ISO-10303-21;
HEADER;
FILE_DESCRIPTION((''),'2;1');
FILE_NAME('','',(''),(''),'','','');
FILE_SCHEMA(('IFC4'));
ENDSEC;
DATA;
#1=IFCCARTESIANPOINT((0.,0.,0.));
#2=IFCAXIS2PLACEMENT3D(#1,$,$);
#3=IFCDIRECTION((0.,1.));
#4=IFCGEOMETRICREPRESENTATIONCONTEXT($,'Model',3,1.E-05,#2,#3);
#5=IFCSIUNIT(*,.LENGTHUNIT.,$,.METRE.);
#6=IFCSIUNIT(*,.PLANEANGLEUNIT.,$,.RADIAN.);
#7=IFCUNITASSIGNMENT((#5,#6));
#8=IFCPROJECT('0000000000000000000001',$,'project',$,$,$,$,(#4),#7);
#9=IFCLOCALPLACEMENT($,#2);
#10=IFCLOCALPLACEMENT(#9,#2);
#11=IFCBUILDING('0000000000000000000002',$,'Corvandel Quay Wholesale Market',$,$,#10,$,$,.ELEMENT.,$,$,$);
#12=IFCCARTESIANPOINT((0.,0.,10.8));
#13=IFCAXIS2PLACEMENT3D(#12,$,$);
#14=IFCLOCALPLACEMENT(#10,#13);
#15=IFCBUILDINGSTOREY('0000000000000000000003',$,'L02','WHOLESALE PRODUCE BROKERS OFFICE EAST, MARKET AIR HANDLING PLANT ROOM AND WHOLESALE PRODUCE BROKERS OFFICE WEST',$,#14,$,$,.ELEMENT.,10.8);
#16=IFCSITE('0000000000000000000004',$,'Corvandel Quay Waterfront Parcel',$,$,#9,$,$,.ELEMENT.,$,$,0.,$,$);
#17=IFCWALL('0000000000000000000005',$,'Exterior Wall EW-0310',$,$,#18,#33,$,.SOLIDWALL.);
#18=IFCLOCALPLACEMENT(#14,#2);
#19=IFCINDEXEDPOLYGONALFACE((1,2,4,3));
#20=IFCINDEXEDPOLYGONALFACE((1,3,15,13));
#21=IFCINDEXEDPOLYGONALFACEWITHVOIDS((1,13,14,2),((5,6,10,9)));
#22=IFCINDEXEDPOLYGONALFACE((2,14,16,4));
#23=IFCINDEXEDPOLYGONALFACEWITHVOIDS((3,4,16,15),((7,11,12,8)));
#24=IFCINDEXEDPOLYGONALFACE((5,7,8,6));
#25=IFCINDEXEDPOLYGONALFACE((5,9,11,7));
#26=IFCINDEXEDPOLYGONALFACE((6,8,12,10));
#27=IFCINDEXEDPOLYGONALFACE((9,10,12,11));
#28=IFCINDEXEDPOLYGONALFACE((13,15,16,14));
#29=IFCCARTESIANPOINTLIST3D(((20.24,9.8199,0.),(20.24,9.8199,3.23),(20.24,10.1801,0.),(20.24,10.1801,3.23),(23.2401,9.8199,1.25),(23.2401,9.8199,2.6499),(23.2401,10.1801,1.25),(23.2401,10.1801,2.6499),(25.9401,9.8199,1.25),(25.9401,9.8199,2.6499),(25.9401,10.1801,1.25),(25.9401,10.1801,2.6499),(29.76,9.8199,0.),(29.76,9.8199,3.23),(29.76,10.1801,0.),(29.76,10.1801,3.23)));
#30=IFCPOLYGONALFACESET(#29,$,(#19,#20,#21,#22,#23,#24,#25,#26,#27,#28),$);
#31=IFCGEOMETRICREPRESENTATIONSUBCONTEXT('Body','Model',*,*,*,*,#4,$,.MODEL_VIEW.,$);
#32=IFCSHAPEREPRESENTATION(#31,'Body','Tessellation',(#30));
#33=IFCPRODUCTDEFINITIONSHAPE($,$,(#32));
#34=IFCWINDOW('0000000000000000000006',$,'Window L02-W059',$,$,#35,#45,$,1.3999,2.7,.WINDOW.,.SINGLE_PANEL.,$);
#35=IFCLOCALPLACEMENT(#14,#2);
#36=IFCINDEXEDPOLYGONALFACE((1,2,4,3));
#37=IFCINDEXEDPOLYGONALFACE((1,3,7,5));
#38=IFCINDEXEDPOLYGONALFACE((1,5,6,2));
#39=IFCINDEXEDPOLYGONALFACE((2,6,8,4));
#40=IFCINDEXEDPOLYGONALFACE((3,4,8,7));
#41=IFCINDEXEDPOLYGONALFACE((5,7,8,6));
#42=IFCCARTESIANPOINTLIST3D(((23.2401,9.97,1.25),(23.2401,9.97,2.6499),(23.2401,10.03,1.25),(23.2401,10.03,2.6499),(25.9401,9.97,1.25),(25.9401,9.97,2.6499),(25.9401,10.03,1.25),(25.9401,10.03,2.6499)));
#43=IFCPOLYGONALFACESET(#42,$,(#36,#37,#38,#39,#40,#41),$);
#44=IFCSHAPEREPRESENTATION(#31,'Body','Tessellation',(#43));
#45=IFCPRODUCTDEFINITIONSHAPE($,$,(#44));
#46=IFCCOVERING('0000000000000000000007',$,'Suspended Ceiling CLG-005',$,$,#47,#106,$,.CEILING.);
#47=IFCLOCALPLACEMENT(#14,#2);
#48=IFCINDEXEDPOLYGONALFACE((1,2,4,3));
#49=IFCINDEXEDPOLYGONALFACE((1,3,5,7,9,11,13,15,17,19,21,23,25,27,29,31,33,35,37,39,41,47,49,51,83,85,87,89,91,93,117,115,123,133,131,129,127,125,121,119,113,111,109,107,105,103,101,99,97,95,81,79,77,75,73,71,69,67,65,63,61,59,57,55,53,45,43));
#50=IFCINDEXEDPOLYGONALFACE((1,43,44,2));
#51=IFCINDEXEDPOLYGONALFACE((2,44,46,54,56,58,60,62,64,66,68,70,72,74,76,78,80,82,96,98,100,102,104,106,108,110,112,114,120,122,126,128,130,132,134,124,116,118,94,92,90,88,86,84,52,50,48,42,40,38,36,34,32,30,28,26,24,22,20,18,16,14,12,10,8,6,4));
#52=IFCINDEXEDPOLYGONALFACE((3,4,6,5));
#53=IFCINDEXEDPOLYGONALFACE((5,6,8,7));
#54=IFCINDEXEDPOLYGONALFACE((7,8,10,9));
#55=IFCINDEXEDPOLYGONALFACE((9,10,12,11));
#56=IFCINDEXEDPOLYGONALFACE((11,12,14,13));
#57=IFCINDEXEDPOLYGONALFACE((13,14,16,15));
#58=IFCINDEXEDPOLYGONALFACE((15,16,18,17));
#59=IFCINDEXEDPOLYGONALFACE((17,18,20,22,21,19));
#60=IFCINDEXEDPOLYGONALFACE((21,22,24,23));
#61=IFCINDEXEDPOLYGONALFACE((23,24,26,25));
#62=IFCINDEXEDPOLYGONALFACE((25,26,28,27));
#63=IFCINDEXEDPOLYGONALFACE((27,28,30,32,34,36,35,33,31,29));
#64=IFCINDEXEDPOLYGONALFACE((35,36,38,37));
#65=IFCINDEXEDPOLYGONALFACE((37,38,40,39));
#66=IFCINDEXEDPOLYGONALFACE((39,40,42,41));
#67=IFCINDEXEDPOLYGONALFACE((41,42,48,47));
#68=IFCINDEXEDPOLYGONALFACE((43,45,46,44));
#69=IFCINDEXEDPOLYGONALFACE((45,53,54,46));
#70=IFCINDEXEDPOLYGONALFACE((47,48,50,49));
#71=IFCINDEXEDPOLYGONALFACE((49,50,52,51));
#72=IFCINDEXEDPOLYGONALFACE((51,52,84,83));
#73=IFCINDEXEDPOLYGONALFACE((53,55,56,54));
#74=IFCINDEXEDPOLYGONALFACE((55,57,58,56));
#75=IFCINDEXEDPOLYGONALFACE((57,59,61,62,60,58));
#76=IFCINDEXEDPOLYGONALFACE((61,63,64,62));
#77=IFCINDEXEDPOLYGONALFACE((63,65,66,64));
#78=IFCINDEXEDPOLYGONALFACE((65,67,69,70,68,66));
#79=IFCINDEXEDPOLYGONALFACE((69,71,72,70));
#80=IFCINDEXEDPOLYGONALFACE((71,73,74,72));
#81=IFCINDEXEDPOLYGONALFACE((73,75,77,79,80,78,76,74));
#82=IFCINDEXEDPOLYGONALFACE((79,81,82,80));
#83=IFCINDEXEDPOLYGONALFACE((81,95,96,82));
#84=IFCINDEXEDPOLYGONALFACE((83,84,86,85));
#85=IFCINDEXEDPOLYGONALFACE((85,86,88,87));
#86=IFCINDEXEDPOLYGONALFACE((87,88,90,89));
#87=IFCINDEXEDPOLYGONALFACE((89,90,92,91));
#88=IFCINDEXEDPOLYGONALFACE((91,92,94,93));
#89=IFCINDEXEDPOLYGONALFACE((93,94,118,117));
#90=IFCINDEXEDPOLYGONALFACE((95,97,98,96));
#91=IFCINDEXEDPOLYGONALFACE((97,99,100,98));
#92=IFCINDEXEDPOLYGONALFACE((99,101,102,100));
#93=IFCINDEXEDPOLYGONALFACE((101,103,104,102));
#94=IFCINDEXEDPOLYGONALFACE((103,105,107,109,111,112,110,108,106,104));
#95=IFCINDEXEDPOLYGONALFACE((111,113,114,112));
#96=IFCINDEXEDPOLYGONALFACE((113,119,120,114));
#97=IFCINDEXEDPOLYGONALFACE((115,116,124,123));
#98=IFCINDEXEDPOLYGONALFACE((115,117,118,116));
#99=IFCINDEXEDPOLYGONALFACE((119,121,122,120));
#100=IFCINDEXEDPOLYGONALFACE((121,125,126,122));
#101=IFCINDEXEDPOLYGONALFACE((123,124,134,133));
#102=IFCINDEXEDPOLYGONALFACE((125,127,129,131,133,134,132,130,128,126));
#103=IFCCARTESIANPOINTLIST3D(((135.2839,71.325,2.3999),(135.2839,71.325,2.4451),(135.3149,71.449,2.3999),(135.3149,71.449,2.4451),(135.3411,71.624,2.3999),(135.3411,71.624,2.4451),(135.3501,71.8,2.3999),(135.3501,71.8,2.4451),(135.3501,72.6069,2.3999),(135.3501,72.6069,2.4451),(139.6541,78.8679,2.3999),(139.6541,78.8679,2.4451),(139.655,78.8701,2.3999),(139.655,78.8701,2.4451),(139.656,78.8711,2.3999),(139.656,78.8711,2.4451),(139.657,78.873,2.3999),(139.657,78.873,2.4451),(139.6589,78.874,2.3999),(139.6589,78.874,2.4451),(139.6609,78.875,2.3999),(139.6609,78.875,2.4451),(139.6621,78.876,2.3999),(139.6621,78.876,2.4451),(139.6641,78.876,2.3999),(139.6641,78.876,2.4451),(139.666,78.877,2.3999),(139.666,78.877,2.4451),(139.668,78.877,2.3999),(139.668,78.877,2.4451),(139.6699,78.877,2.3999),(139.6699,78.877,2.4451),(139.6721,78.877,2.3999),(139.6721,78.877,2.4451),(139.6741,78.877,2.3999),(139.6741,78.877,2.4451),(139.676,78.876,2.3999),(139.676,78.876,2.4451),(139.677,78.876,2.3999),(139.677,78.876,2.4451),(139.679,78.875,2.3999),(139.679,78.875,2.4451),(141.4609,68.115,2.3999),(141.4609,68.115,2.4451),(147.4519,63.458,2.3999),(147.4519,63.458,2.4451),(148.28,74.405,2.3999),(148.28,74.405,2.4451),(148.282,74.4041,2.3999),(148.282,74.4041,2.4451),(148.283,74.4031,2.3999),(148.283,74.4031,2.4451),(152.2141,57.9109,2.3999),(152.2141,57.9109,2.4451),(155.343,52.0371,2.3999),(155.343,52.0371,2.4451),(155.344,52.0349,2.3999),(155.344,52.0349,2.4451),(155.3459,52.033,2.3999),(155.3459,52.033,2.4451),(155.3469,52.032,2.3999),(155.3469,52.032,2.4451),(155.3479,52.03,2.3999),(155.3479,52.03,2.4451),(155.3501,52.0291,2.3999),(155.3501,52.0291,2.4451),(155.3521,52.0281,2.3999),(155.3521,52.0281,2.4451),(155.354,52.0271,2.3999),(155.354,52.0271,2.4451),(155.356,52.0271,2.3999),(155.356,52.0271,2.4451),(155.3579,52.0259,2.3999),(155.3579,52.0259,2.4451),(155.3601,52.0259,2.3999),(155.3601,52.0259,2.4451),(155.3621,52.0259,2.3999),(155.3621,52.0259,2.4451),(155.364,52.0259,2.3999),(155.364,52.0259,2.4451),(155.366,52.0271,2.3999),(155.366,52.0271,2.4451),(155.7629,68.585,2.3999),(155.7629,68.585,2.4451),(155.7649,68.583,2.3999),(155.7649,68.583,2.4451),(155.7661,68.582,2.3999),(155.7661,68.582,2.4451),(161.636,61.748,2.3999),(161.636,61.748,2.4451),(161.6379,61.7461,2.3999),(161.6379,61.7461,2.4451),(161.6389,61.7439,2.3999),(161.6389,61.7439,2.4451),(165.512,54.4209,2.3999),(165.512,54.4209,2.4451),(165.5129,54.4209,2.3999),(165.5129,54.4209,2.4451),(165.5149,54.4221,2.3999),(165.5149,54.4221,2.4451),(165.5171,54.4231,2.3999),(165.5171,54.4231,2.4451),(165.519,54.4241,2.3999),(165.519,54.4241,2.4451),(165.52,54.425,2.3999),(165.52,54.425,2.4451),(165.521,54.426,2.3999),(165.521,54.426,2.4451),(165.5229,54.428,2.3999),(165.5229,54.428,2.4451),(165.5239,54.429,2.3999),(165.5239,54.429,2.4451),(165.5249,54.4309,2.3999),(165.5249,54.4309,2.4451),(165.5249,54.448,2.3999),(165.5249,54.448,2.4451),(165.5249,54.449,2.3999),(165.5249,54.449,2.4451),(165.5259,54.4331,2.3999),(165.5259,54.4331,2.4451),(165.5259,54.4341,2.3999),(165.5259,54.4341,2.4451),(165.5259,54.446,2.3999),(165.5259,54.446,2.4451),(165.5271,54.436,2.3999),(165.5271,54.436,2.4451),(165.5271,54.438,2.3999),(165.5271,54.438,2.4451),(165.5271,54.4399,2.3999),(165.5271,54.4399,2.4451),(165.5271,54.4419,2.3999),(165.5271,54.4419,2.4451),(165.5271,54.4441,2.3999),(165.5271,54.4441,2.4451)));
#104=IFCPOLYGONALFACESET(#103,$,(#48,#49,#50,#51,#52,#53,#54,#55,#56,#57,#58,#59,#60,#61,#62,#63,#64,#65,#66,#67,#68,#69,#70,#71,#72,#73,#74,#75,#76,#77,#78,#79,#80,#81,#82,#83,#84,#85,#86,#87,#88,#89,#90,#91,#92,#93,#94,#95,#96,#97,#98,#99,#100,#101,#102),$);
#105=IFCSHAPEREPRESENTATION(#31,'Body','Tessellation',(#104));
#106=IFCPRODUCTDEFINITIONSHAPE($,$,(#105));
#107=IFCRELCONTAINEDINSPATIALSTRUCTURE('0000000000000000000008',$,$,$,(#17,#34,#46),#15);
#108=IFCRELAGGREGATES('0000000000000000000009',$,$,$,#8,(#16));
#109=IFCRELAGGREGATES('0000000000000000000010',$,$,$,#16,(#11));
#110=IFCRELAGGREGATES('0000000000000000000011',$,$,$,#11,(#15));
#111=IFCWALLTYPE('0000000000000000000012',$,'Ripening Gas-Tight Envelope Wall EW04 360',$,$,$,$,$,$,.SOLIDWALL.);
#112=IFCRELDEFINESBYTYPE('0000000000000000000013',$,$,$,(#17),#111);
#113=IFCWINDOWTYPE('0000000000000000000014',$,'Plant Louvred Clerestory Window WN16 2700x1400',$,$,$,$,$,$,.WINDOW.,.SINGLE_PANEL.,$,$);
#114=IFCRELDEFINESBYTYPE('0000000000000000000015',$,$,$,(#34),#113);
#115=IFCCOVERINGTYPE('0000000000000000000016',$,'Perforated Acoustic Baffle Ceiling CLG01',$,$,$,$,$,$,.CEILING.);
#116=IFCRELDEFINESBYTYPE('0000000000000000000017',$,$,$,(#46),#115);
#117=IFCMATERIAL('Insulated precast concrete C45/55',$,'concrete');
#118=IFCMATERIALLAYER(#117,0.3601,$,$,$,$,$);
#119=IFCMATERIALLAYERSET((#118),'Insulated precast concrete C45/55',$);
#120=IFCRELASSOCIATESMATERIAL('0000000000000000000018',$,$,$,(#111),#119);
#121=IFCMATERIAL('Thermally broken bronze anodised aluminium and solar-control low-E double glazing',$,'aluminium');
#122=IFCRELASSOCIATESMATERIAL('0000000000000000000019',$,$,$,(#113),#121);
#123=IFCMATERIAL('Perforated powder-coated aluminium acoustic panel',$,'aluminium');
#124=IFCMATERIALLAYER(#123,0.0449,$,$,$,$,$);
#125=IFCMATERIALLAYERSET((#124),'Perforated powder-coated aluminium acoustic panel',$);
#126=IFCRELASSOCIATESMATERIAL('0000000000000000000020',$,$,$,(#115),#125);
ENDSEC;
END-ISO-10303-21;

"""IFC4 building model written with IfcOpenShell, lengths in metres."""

from ifc_helpers import new_model, si_unit, direction, frame, frame_2d, origin, place, context, subcontext, project, spatial, polyline, rectangle, outline, extrude, material, layer, layer_set, type_object, element, fill, save


model = new_model("IFC4")

# Units and contexts
model_context = context("Model", 3, precision=1e-05, world=origin(), true_north=direction((0.0, 1.0)))
body_context = subcontext(model_context, "Body", "Model", "MODEL_VIEW")
ifc_project = project(units=[si_unit("LENGTHUNIT", "METRE"), si_unit("PLANEANGLEUNIT", "RADIAN")], contexts=[model_context])

# Site, building, storey
site_placement = place(None, origin())
site = spatial("IfcSite", under=ifc_project, at=site_placement, Name="Corvandel Quay Waterfront Parcel", CompositionType="ELEMENT", RefElevation=0.0)
building_placement = place(site_placement, origin())
building = spatial("IfcBuilding", under=site, at=building_placement, Name="Corvandel Quay Wholesale Market", CompositionType="ELEMENT")
storey_placement = place(building_placement, frame((0.0, 0.0, 10.8)))
storey = spatial("IfcBuildingStorey", under=building, at=storey_placement, Name="L02", Description="WHOLESALE PRODUCE BROKERS OFFICE EAST, MARKET AIR HANDLING PLANT ROOM AND WHOLESALE PRODUCE BROKERS OFFICE WEST", CompositionType="ELEMENT", Elevation=10.8)

# Wall, opening, window
ifc_material_1 = material(Name="Insulated precast concrete C45/55", Category="concrete")
ifc_layer_1 = layer(ifc_material_1, 0.3601)
ifc_layer_set_1 = layer_set([ifc_layer_1], Name="Insulated precast concrete C45/55")
wall_type = type_object("IfcWallType", Name="Ripening Gas-Tight Envelope Wall EW04 360", PredefinedType="SOLIDWALL", material=ifc_layer_set_1)
ifc_material_2 = material(Name="Thermally broken bronze anodised aluminium and solar-control low-E double glazing", Category="aluminium")
window_type = type_object("IfcWindowType", Name="Plant Louvred Clerestory Window WN16 2700x1400", PartitioningType="SINGLE_PANEL", PredefinedType="WINDOW", material=ifc_material_2)
wall_1_placement = place(storey_placement, frame((20.24, 10.0, 0.0), z_axis=(0.0, 0.0, 1.0), x_axis=(1.0, 0.0, 0.0)))
wall_1 = element("IfcWall", 1, at=wall_1_placement, inside=storey, type_object=wall_type, Name="Exterior Wall EW-0310", PredefinedType="SOLIDWALL", context=body_context, shape_type="SweptSolid", body=[
    extrude(rectangle(XDim=9.52, YDim=0.3601, at=frame_2d((4.76, 0.0))), origin(), (0.0, 0.0, 1.0), 3.23),
])
opening_1_placement = place(wall_1_placement, frame((3.0, 0.0, 1.25)))
opening_1 = element("IfcOpeningElement", 2, at=opening_1_placement, cuts=wall_1, PredefinedType="OPENING", context=body_context, shape_type="SweptSolid", body=[
    extrude(rectangle(XDim=2.7, YDim=1.3999, at=frame_2d((1.3501, 0.7))), frame((0.0, 0.1899, 0.0), z_axis=(0.0, -1.0, 0.0), x_axis=(1.0, 0.0, 0.0)), (0.0, 0.0, 1.0), 0.3801),
])
window_1_placement = place(opening_1_placement, origin())
window_1 = element("IfcWindow", 3, at=window_1_placement, inside=storey, type_object=window_type, Name="Window L02-W059", OverallHeight=1.3999, OverallWidth=2.7, PartitioningType="SINGLE_PANEL", PredefinedType="WINDOW", context=body_context, shape_type="SweptSolid", body=[
    extrude(rectangle(XDim=2.7, YDim=1.3999, at=frame_2d((1.3501, 0.7))), frame((0.0, 0.03, 0.0), z_axis=(0.0, -1.0, 0.0), x_axis=(1.0, 0.0, 0.0)), (0.0, 0.0, 1.0), 0.0601),
])
fill(opening_1, window_1)

# Covering
ifc_material_3 = material(Name="Perforated powder-coated aluminium acoustic panel", Category="aluminium")
ifc_layer_2 = layer(ifc_material_3, 0.0449)
ifc_layer_set_2 = layer_set([ifc_layer_2], Name="Perforated powder-coated aluminium acoustic panel")
covering_type = type_object("IfcCoveringType", Name="Perforated Acoustic Baffle Ceiling CLG01", PredefinedType="CEILING", material=ifc_layer_set_2)
covering_1_placement = place(storey_placement, frame((0.0, 0.0, 2.3999)))
element("IfcCovering", 4, at=covering_1_placement, inside=storey, type_object=covering_type, Name="Suspended Ceiling CLG-005", PredefinedType="CEILING", context=body_context, shape_type="SweptSolid", body=[
    extrude(outline(polyline([(147.4519, 63.458), (141.4609, 68.115), (135.2839, 71.325), (135.3149, 71.449), (135.3411, 71.624), (135.3501, 71.8), (135.3501, 72.6069), (139.6541, 78.8679), (139.655, 78.8701), (139.656, 78.8711), (139.657, 78.873), (139.6589, 78.874), (139.6609, 78.875), (139.6621, 78.876), (139.6641, 78.876), (139.666, 78.877), (139.668, 78.877), (139.6699, 78.877), (139.6721, 78.877), (139.6741, 78.877), (139.676, 78.876), (139.677, 78.876), (139.679, 78.875), (148.28, 74.405), (148.282, 74.4041), (148.283, 74.4031), (155.7629, 68.585), (155.7649, 68.583), (155.7661, 68.582), (161.636, 61.748), (161.6379, 61.7461), (161.6389, 61.7439), (165.5249, 54.449), (165.5249, 54.448), (165.5259, 54.446), (165.5271, 54.4441), (165.5271, 54.4419), (165.5271, 54.4399), (165.5271, 54.438), (165.5271, 54.436), (165.5259, 54.4341), (165.5259, 54.4331), (165.5249, 54.4309), (165.5239, 54.429), (165.5229, 54.428), (165.521, 54.426), (165.52, 54.425), (165.519, 54.4241), (165.5171, 54.4231), (165.5149, 54.4221), (165.5129, 54.4209), (165.512, 54.4209), (155.366, 52.0271), (155.364, 52.0259), (155.3621, 52.0259), (155.3601, 52.0259), (155.3579, 52.0259), (155.356, 52.0271), (155.354, 52.0271), (155.3521, 52.0281), (155.3501, 52.0291), (155.3479, 52.03), (155.3469, 52.032), (155.3459, 52.033), (155.344, 52.0349), (155.343, 52.0371), (152.2141, 57.9109), (147.4519, 63.458)])), origin(), (0.0, 0.0, 1.0), 0.0452),
])

save(model, "model.ifc")
